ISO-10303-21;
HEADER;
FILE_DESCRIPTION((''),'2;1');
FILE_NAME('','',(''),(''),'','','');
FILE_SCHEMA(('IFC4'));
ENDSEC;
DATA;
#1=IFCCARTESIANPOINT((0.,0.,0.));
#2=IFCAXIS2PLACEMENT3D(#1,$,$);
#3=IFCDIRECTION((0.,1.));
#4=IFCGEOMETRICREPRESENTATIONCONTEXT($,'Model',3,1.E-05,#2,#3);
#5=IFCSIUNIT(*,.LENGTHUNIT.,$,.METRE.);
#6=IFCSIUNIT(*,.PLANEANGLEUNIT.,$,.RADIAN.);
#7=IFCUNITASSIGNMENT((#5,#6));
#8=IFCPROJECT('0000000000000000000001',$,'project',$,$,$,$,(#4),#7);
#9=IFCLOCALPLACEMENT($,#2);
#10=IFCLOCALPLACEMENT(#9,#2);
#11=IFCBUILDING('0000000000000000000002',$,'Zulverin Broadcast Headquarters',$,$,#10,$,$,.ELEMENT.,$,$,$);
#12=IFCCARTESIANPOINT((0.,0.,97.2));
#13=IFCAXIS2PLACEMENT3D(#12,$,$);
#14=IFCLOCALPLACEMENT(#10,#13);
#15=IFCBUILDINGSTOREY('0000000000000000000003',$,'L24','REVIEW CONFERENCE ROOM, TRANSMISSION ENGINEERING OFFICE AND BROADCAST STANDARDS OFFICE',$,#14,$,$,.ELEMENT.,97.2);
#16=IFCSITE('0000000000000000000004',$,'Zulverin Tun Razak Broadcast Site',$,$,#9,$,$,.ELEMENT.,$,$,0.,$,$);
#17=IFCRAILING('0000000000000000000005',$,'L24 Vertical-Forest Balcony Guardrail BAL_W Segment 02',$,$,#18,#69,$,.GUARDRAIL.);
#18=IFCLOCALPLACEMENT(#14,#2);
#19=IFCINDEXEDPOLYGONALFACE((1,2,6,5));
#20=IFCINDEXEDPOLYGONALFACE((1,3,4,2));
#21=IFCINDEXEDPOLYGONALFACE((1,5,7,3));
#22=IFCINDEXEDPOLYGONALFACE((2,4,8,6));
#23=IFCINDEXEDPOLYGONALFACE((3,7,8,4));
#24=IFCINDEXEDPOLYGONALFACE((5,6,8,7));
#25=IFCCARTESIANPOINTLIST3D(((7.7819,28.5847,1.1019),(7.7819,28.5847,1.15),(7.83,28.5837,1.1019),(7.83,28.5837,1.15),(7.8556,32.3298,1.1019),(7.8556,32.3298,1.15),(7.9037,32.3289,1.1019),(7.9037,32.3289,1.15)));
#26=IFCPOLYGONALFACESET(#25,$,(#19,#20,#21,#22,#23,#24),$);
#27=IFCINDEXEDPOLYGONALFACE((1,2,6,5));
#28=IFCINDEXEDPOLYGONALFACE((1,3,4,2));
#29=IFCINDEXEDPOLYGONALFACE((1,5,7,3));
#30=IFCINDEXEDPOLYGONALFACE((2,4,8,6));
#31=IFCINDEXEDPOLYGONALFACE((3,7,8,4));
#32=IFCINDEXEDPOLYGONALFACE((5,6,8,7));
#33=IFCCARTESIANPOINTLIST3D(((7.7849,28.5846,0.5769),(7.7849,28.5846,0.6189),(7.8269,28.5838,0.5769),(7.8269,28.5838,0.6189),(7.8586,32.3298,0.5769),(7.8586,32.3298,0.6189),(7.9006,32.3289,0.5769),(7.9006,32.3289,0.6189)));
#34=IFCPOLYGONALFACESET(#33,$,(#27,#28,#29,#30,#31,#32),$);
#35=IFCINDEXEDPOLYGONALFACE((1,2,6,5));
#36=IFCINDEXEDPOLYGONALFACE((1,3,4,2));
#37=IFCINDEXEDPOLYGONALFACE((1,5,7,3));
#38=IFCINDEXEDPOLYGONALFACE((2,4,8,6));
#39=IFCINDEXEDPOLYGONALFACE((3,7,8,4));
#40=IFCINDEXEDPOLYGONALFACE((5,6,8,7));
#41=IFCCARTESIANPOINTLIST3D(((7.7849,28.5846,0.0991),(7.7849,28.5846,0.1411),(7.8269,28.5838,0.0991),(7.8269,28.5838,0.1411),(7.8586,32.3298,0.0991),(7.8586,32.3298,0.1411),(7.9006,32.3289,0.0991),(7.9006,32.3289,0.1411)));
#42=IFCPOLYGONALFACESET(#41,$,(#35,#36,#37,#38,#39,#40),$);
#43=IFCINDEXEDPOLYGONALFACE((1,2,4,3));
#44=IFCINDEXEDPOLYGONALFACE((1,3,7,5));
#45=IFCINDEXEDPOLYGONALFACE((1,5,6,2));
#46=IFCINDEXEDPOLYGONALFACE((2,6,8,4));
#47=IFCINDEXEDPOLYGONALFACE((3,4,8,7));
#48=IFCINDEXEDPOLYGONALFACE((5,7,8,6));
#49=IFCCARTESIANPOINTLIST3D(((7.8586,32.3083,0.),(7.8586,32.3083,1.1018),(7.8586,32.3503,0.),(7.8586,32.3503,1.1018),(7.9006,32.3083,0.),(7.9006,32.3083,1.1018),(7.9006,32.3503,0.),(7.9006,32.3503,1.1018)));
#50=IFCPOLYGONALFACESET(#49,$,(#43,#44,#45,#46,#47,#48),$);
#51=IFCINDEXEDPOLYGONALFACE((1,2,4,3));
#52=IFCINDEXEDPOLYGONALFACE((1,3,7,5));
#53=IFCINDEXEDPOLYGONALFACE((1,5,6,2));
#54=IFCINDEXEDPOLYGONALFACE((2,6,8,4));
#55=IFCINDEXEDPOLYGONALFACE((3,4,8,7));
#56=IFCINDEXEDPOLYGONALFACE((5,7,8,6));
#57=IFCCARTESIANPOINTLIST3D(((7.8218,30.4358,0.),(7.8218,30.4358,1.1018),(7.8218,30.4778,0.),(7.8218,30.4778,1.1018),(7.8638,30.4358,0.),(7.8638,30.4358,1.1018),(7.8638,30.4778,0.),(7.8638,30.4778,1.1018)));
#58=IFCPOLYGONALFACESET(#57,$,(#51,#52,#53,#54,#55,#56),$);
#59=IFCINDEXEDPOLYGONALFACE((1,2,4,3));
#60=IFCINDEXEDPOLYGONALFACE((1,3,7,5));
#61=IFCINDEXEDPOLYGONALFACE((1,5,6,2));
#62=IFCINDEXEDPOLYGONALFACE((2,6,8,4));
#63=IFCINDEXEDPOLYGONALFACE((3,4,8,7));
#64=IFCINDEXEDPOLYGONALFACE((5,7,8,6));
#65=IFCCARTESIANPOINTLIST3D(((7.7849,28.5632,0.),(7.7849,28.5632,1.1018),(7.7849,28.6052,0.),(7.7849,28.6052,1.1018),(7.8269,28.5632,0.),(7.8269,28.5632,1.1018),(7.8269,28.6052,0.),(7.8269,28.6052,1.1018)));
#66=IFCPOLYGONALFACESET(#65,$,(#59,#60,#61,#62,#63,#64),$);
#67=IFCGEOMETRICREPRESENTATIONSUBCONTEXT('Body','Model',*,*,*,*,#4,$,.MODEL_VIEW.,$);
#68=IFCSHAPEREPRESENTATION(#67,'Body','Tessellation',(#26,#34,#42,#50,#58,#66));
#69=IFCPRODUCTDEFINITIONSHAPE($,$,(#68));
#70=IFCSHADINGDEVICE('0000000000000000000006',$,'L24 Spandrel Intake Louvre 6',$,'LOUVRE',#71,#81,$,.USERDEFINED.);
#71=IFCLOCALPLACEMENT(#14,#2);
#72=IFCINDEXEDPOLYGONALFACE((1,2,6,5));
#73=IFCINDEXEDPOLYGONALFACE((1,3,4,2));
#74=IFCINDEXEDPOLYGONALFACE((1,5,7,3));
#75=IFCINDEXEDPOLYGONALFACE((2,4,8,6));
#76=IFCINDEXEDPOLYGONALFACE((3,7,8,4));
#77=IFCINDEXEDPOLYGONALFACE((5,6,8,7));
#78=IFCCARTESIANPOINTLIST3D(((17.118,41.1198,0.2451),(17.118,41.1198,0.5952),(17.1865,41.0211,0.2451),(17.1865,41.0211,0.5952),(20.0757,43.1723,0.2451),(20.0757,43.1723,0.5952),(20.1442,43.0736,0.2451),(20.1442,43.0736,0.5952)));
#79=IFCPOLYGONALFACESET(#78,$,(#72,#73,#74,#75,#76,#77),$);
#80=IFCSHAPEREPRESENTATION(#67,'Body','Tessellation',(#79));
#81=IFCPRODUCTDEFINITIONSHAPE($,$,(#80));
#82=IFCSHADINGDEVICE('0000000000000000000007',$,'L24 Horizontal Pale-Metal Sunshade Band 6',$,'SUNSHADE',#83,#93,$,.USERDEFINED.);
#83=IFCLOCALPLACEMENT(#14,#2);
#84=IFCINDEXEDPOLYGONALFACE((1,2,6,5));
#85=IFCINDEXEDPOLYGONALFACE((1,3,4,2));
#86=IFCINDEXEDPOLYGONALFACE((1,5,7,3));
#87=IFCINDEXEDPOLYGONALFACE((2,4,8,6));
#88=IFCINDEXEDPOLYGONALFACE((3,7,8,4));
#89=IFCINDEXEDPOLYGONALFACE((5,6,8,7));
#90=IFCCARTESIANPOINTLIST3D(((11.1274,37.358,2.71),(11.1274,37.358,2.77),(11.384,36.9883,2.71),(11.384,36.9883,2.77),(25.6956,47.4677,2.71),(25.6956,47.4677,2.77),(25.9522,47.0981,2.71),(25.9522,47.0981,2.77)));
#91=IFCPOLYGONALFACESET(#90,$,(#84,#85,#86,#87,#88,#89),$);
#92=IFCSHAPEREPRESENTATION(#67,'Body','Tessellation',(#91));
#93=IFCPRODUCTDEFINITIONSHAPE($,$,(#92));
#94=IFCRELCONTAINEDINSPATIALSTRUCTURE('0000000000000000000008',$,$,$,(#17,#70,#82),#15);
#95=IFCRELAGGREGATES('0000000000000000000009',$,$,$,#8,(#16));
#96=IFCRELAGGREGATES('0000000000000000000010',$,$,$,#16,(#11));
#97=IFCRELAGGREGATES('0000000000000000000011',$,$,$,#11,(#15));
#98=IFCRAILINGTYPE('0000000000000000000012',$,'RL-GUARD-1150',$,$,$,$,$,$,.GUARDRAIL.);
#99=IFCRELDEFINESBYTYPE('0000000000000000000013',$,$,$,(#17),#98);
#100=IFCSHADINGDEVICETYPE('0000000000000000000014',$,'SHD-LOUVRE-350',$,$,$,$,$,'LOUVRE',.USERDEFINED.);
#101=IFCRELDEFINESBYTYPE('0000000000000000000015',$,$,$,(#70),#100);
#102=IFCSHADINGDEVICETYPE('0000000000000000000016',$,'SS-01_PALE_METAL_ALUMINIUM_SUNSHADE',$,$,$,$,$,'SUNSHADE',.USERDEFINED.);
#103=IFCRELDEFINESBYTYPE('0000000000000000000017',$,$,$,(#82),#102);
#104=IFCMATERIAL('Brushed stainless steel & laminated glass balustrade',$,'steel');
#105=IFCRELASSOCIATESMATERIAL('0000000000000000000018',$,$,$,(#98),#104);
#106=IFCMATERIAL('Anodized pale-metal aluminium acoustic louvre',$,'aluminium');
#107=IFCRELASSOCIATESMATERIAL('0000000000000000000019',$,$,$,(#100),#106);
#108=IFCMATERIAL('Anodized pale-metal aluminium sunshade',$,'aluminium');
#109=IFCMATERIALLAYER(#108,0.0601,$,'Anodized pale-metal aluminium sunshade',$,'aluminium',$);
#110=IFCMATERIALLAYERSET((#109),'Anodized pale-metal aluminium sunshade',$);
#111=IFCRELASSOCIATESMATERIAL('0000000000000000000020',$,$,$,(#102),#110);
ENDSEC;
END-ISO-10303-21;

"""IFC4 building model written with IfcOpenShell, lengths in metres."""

from ifc_helpers import new_model, si_unit, direction, frame, origin, origin_2d, place, context, subcontext, project, spatial, rectangle, extrude, material, layer, layer_set, type_object, element, save


model = new_model("IFC4")

# Units and contexts
model_context = context("Model", 3, precision=1e-05, world=origin(), true_north=direction((0.0, 1.0)))
body_context = subcontext(model_context, "Body", "Model", "MODEL_VIEW")
ifc_project = project(units=[si_unit("LENGTHUNIT", "METRE"), si_unit("PLANEANGLEUNIT", "RADIAN")], contexts=[model_context])

# Site, building, storey
site_placement = place(None, origin())
site = spatial("IfcSite", under=ifc_project, at=site_placement, Name="Zulverin Tun Razak Broadcast Site", CompositionType="ELEMENT", RefElevation=0.0)
building_placement = place(site_placement, origin())
building = spatial("IfcBuilding", under=site, at=building_placement, Name="Zulverin Broadcast Headquarters", CompositionType="ELEMENT")
storey_placement = place(building_placement, frame((0.0, 0.0, 97.2)))
storey = spatial("IfcBuildingStorey", under=building, at=storey_placement, Name="L24", Description="REVIEW CONFERENCE ROOM, TRANSMISSION ENGINEERING OFFICE AND BROADCAST STANDARDS OFFICE", CompositionType="ELEMENT", Elevation=97.2)

# Railing
ifc_material_1 = material(Name="Brushed stainless steel & laminated glass balustrade", Category="steel")
railing_type = type_object("IfcRailingType", Name="RL-GUARD-1150", PredefinedType="GUARDRAIL", material=ifc_material_1)
railing_placement = place(storey_placement, frame((7.8796, 32.3293, 0.0)))
element("IfcRailing", 1, at=railing_placement, inside=storey, type_object=railing_type, Name="L24 Vertical-Forest Balcony Guardrail BAL_W Segment 02", PredefinedType="GUARDRAIL", context=body_context, shape_type="SweptSolid", body=[
    extrude(rectangle(XDim=0.0481, YDim=0.0481, at=origin_2d()), frame((0.0, 0.0, 1.126), z_axis=(-0.019683, -0.999806, 0.0), x_axis=(0.999806, -0.019683, 0.0)), (0.0, 0.0, 1.0), 3.7458),
    extrude(rectangle(XDim=0.042, YDim=0.042, at=origin_2d()), frame((0.0, 0.0, 0.5979), z_axis=(-0.019683, -0.999806, 0.0), x_axis=(0.999806, -0.019683, 0.0)), (0.0, 0.0, 1.0), 3.7458),
    extrude(rectangle(XDim=0.042, YDim=0.042, at=origin_2d()), frame((0.0, 0.0, 0.1201), z_axis=(-0.019683, -0.999806, 0.0), x_axis=(0.999806, -0.019683, 0.0)), (0.0, 0.0, 1.0), 3.7458),
    extrude(rectangle(XDim=0.042, YDim=0.042, at=origin_2d()), origin(), (0.0, 0.0, 1.0), 1.1018),
    extrude(rectangle(XDim=0.042, YDim=0.042, at=origin_2d()), frame((-0.0369, -1.8726, 0.0)), (0.0, 0.0, 1.0), 1.1018),
    extrude(rectangle(XDim=0.042, YDim=0.042, at=origin_2d()), frame((-0.0737, -3.7451, 0.0)), (0.0, 0.0, 1.0), 1.1018),
])

# Shading devices
ifc_material_2 = material(Name="Anodized pale-metal aluminium acoustic louvre", Category="aluminium")
shading_device_type_1 = type_object("IfcShadingDeviceType", Name="SHD-LOUVRE-350", ElementType="LOUVRE", PredefinedType="USERDEFINED", material=ifc_material_2)
shading_device_1_placement = place(storey_placement, frame((18.6311, 42.0967, 0.2451), z_axis=(0.0, 0.0, 1.0), x_axis=(-0.821556, -0.570127, 0.0)))
element("IfcShadingDevice", 2, at=shading_device_1_placement, inside=storey, type_object=shading_device_type_1, Name="L24 Spandrel Intake Louvre 6", ObjectType="LOUVRE", PredefinedType="USERDEFINED", context=body_context, shape_type="SweptSolid", body=[
    extrude(rectangle(XDim=3.6001, YDim=0.1201, at=origin_2d()), origin(), (0.0, 0.0, 1.0), 0.3501),
])
ifc_material_3 = material(Name="Anodized pale-metal aluminium sunshade", Category="aluminium")
ifc_layer_1 = layer(ifc_material_3, 0.0601, Name="Anodized pale-metal aluminium sunshade", Category="aluminium")
ifc_layer_set_1 = layer_set([ifc_layer_1], Name="Anodized pale-metal aluminium sunshade")
shading_device_type_2 = type_object("IfcShadingDeviceType", Name="SS-01_PALE_METAL_ALUMINIUM_SUNSHADE", ElementType="SUNSHADE", PredefinedType="USERDEFINED", material=ifc_layer_set_1)
shading_device_2_placement = place(storey_placement, frame((18.5398, 42.228, 2.71), z_axis=(0.0, 0.0, 1.0), x_axis=(-0.821556, -0.570127, 0.0)))
element("IfcShadingDevice", 3, at=shading_device_2_placement, inside=storey, type_object=shading_device_type_2, Name="L24 Horizontal Pale-Metal Sunshade Band 6", ObjectType="SUNSHADE", PredefinedType="USERDEFINED", context=body_context, shape_type="SweptSolid", body=[
    extrude(rectangle(XDim=17.7324, YDim=0.45, at=origin_2d()), origin(), (0.0, 0.0, 1.0), 0.0601),
])

save(model, "model.ifc")
